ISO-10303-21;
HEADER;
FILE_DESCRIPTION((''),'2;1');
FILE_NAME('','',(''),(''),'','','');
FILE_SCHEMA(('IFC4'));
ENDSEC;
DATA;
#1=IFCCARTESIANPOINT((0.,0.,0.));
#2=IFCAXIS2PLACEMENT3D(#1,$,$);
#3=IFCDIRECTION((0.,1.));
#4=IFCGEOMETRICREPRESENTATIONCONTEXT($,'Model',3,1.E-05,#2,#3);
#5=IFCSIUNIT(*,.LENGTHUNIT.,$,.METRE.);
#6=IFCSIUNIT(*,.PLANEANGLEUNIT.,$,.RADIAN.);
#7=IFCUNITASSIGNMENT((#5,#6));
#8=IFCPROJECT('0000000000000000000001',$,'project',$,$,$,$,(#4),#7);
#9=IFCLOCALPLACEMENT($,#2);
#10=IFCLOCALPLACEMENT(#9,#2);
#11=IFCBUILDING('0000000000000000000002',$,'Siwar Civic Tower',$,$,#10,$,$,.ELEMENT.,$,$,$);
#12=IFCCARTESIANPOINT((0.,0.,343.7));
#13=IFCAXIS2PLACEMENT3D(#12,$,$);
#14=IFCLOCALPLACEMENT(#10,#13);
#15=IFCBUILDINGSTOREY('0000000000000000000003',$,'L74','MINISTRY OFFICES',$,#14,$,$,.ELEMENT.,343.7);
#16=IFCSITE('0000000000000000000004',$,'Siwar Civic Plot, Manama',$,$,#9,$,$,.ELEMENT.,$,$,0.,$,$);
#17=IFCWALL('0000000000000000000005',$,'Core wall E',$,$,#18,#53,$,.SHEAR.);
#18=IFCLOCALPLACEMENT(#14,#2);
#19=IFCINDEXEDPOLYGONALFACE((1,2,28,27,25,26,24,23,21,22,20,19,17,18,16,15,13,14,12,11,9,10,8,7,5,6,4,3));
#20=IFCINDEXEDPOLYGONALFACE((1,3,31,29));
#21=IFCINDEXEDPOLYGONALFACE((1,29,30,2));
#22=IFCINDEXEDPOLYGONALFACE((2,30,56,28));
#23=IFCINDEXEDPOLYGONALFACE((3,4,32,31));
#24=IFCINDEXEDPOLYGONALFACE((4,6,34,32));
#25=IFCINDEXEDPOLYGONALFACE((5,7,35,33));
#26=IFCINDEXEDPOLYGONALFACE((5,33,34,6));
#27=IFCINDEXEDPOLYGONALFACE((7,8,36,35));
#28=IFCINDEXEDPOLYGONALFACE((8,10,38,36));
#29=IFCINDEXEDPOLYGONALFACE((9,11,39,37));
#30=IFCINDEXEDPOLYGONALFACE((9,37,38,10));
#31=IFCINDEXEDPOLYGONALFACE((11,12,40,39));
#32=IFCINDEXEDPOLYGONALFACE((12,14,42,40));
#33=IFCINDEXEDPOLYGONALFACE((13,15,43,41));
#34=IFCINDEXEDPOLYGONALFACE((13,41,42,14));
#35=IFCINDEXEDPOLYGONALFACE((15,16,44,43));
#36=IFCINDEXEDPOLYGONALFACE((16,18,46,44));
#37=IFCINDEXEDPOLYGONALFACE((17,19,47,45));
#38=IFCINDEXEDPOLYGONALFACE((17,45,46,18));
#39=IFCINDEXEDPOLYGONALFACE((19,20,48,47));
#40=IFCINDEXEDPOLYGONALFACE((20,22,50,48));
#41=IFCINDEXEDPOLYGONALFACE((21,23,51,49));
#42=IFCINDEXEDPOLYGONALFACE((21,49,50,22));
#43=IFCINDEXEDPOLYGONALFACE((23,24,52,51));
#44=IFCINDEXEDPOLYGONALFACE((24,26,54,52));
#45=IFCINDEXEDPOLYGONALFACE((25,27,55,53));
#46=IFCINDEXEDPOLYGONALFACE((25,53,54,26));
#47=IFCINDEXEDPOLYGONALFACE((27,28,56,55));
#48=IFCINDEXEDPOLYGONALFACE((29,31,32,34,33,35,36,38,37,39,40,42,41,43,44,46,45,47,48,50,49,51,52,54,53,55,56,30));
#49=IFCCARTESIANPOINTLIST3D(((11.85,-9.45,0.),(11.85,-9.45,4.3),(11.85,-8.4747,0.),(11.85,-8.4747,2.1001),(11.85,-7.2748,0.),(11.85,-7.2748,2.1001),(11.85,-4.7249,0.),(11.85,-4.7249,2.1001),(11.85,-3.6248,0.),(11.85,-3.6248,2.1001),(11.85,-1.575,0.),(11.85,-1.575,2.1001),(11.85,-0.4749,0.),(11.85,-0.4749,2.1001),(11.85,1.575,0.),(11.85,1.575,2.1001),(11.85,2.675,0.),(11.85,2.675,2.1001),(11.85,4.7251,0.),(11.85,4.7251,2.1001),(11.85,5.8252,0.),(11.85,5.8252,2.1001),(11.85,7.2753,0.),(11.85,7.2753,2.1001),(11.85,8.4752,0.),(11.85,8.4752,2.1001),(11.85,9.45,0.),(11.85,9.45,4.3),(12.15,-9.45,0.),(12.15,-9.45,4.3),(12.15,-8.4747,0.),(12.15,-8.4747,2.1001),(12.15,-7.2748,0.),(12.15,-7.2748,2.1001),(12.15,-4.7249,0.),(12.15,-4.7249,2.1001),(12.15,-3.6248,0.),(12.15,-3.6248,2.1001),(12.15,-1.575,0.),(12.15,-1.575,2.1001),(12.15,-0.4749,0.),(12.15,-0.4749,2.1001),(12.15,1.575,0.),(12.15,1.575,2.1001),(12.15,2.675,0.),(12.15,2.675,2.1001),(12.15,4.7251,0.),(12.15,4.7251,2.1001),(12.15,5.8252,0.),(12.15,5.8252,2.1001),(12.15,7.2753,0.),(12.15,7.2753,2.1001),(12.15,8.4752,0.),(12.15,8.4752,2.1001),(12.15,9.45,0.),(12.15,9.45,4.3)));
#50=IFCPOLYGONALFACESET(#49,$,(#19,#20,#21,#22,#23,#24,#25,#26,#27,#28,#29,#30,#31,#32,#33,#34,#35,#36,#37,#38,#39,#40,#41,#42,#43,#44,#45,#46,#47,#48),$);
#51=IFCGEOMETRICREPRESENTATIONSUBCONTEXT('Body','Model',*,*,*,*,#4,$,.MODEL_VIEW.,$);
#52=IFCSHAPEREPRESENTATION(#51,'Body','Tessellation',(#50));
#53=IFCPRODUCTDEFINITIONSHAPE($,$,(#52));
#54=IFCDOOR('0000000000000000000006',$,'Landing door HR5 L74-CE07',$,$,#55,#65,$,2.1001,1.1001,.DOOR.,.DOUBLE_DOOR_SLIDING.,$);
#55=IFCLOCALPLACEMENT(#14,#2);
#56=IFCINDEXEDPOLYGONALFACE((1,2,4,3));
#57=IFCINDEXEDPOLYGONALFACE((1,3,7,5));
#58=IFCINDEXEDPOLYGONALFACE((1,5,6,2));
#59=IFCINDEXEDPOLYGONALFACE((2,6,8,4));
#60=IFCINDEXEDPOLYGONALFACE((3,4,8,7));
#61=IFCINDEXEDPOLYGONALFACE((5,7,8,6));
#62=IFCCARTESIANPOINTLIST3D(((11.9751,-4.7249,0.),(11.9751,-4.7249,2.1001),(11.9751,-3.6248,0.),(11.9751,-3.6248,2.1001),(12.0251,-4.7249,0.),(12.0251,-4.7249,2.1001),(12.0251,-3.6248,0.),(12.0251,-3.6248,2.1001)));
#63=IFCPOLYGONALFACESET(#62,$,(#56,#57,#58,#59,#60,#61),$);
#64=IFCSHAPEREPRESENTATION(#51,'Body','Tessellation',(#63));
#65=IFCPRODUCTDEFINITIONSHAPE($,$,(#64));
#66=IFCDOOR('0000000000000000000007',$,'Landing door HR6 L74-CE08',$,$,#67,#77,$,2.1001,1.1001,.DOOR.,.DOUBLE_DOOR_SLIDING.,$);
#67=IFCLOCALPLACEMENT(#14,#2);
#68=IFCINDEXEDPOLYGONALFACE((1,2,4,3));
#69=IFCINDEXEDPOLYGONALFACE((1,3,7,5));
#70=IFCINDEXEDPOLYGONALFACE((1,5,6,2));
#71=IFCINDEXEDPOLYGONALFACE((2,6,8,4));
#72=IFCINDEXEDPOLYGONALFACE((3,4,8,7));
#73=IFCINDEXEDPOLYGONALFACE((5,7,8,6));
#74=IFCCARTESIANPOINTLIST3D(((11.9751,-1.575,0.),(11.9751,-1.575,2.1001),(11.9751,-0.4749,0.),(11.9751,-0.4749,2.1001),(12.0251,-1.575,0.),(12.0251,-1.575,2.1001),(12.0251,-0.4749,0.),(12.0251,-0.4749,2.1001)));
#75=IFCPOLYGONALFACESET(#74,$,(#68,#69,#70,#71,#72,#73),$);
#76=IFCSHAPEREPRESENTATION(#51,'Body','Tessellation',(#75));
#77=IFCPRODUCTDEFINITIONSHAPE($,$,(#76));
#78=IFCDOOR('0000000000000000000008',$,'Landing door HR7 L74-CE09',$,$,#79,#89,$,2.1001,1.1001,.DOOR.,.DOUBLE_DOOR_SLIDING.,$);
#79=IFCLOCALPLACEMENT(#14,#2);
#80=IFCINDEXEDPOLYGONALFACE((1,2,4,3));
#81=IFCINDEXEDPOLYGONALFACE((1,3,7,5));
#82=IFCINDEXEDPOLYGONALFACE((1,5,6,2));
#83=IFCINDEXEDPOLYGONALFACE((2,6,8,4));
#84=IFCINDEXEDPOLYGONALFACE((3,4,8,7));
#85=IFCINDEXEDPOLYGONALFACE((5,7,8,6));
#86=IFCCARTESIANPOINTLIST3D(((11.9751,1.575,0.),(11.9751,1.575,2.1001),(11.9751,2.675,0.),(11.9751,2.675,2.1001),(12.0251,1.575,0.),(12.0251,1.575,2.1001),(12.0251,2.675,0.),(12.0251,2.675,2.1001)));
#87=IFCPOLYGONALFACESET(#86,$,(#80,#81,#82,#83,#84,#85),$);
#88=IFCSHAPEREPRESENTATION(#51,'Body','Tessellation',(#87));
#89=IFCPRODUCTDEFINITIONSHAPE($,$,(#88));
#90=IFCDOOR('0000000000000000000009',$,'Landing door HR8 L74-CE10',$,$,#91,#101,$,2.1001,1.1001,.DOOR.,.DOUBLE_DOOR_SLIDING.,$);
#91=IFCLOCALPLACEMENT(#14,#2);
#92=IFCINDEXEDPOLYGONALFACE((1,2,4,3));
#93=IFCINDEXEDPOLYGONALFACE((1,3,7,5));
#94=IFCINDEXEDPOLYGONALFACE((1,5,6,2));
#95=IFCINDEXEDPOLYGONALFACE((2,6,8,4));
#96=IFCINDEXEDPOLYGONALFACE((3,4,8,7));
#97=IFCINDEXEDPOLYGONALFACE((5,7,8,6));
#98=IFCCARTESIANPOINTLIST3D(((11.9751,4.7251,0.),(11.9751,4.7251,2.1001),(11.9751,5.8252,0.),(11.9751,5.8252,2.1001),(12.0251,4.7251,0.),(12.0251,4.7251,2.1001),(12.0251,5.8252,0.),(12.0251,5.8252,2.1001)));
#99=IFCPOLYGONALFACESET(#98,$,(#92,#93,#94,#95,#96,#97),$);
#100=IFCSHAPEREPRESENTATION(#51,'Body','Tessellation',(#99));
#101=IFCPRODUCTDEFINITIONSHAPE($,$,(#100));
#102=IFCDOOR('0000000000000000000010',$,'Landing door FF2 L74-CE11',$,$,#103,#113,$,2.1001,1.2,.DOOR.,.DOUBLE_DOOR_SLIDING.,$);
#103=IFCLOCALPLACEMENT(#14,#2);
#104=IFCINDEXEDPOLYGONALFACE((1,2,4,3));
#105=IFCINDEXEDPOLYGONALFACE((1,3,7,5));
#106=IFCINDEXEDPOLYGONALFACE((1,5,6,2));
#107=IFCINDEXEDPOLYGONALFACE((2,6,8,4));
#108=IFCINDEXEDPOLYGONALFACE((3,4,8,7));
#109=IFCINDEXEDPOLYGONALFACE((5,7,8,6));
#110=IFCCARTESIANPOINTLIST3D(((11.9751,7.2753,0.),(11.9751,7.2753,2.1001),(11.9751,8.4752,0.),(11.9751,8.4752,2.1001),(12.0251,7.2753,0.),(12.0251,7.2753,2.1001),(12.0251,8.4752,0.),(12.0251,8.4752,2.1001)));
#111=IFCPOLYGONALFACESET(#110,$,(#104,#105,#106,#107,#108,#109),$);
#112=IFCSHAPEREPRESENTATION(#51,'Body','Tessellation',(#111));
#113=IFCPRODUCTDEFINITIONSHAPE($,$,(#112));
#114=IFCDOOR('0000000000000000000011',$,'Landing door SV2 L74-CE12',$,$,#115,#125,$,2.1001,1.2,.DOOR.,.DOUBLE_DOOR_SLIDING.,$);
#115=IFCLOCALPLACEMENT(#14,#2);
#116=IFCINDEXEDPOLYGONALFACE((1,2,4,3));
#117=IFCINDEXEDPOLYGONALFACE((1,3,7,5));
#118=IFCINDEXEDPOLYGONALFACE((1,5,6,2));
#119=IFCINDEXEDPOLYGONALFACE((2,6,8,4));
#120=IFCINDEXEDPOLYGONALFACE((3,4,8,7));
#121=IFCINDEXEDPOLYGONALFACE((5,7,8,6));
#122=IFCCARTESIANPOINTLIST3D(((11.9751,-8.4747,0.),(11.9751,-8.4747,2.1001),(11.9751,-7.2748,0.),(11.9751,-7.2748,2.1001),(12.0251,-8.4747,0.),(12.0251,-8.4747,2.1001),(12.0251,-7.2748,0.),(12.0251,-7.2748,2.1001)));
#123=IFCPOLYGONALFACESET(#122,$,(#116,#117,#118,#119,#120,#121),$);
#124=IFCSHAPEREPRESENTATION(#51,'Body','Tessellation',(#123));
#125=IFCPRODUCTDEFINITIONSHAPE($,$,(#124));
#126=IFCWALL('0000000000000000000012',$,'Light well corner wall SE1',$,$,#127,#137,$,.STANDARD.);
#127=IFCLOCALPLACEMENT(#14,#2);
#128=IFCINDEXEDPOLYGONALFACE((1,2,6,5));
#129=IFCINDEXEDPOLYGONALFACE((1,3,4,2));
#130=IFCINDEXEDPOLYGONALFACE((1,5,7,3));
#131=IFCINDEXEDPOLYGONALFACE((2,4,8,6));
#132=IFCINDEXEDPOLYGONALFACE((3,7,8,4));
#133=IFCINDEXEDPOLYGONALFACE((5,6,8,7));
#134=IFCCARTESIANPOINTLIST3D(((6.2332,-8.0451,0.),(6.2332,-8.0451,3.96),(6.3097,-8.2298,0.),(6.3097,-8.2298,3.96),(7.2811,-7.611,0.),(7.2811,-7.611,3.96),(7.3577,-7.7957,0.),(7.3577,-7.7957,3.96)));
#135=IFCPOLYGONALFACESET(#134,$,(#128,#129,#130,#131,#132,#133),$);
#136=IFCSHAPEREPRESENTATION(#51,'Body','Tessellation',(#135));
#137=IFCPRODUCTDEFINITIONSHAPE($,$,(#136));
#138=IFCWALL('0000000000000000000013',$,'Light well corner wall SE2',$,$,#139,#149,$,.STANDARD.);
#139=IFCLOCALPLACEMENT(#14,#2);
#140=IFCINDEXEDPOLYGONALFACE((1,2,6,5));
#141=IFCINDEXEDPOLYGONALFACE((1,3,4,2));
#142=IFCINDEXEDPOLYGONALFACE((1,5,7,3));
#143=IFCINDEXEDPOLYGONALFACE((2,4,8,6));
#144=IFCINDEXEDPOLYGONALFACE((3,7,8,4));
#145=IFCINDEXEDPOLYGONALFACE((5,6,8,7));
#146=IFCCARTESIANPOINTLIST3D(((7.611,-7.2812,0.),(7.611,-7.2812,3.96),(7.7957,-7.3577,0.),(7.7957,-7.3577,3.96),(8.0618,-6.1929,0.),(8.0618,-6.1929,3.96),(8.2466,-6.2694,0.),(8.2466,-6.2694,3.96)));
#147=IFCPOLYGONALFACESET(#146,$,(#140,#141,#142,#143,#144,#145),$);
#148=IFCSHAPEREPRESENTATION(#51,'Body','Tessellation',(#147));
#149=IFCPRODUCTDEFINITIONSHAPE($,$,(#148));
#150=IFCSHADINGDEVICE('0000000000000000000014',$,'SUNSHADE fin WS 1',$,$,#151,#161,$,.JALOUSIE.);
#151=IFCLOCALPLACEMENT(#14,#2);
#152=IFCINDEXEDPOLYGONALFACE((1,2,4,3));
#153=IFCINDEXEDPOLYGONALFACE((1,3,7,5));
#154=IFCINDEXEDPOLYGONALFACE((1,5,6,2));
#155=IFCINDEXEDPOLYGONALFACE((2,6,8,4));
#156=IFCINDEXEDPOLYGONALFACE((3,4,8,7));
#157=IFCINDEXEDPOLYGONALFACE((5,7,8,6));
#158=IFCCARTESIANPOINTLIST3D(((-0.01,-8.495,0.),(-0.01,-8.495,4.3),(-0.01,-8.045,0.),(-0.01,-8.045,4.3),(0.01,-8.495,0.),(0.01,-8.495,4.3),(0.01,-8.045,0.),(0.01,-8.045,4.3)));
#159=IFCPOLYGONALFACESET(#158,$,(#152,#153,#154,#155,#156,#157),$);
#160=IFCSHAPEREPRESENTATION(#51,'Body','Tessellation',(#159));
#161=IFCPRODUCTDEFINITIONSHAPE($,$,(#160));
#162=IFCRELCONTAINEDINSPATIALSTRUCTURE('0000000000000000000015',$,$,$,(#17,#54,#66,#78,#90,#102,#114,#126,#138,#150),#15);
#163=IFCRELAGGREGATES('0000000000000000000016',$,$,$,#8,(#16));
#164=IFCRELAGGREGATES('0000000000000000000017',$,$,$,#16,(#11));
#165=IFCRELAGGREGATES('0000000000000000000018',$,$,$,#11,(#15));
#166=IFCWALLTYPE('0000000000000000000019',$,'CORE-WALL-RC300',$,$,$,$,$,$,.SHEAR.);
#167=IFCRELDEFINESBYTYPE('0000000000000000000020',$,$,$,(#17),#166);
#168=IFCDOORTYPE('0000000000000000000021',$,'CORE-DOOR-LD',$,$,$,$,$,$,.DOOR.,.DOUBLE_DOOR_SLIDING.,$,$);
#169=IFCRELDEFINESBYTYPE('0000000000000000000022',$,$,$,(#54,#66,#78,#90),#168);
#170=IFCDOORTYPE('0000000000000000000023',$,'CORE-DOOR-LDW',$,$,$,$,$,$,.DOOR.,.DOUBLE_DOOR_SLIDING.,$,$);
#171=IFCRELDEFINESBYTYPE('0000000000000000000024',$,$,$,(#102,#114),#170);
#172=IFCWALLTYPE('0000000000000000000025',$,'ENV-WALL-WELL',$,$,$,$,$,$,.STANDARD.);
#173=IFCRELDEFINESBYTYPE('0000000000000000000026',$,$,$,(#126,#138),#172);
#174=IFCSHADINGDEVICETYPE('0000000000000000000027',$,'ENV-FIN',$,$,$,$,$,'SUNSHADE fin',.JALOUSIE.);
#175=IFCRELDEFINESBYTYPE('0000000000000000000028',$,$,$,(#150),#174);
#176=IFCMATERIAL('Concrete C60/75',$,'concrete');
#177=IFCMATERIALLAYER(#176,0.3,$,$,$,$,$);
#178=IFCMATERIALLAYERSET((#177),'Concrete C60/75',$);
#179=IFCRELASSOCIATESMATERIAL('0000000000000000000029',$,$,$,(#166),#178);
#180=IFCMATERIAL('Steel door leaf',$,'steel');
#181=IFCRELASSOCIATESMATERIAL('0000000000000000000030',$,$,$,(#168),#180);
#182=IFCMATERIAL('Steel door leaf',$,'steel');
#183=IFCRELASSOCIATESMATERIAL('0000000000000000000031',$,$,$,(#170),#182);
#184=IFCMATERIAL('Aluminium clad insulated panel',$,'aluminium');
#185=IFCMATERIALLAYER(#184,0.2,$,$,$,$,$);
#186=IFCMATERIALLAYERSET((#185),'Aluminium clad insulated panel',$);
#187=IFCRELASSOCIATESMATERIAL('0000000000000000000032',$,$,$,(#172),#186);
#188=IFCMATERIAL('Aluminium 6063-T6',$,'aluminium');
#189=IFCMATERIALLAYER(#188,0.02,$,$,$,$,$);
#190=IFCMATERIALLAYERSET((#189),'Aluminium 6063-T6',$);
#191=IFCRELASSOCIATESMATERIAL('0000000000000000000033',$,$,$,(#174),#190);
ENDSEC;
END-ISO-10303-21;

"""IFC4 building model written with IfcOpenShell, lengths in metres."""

from ifc_helpers import new_model, si_unit, direction, frame, frame_2d, origin, origin_2d, place, context, subcontext, project, spatial, rectangle, extrude, material, layer, layer_set, type_object, element, fill, save


model = new_model("IFC4")

# Units and contexts
model_context = context("Model", 3, precision=1e-05, world=origin(), true_north=direction((0.0, 1.0)))
body_context = subcontext(model_context, "Body", "Model", "MODEL_VIEW")
ifc_project = project(units=[si_unit("LENGTHUNIT", "METRE"), si_unit("PLANEANGLEUNIT", "RADIAN")], contexts=[model_context])

# Site, building, storey
site_placement = place(None, origin())
site = spatial("IfcSite", under=ifc_project, at=site_placement, Name="Siwar Civic Plot, Manama", CompositionType="ELEMENT", RefElevation=0.0)
building_placement = place(site_placement, origin())
building = spatial("IfcBuilding", under=site, at=building_placement, Name="Siwar Civic Tower", CompositionType="ELEMENT")
storey_placement = place(building_placement, frame((0.0, 0.0, 343.7)))
storey = spatial("IfcBuildingStorey", under=building, at=storey_placement, Name="L74", Description="MINISTRY OFFICES", CompositionType="ELEMENT", Elevation=343.7)

# Wall, openings, doors
ifc_material_1 = material(Name="Concrete C60/75", Category="concrete")
ifc_layer_1 = layer(ifc_material_1, 0.3)
ifc_layer_set_1 = layer_set([ifc_layer_1], Name="Concrete C60/75")
wall_type_1 = type_object("IfcWallType", Name="CORE-WALL-RC300", PredefinedType="SHEAR", material=ifc_layer_set_1)
wall_1_placement = place(storey_placement, frame((12.0, -9.45, 0.0), z_axis=(0.0, 0.0, 1.0), x_axis=(0.0, 1.0, 0.0)))
wall_1 = element("IfcWall", 1, at=wall_1_placement, inside=storey, type_object=wall_type_1, Name="Core wall E", PredefinedType="SHEAR", context=body_context, shape_type="SweptSolid", body=[
    extrude(rectangle(XDim=18.8999, YDim=0.3, at=frame_2d((9.45, 0.0))), origin(), (0.0, 0.0, 1.0), 4.3),
])
opening_1_placement = place(wall_1_placement, frame((4.7251, 0.0, 0.0)))
opening_1 = element("IfcOpeningElement", 2, at=opening_1_placement, cuts=wall_1, PredefinedType="OPENING", context=body_context, shape_type="SweptSolid", body=[
    extrude(rectangle(XDim=1.1001, YDim=2.1001, at=frame_2d((0.55, 1.05))), frame((0.0, 0.1602, 0.0), z_axis=(0.0, -1.0, 0.0), x_axis=(1.0, 0.0, 0.0)), (0.0, 0.0, 1.0), 0.3201),
])
opening_2_placement = place(wall_1_placement, frame((7.875, 0.0, 0.0)))
opening_2 = element("IfcOpeningElement", 3, at=opening_2_placement, cuts=wall_1, PredefinedType="OPENING", context=body_context, shape_type="SweptSolid", body=[
    extrude(rectangle(XDim=1.1001, YDim=2.1001, at=frame_2d((0.55, 1.05))), frame((0.0, 0.1602, 0.0), z_axis=(0.0, -1.0, 0.0), x_axis=(1.0, 0.0, 0.0)), (0.0, 0.0, 1.0), 0.3201),
])
opening_3_placement = place(wall_1_placement, frame((11.0249, 0.0, 0.0)))
opening_3 = element("IfcOpeningElement", 4, at=opening_3_placement, cuts=wall_1, PredefinedType="OPENING", context=body_context, shape_type="SweptSolid", body=[
    extrude(rectangle(XDim=1.1001, YDim=2.1001, at=frame_2d((0.55, 1.05))), frame((0.0, 0.1602, 0.0), z_axis=(0.0, -1.0, 0.0), x_axis=(1.0, 0.0, 0.0)), (0.0, 0.0, 1.0), 0.3201),
])
opening_4_placement = place(wall_1_placement, frame((14.175, 0.0, 0.0)))
opening_4 = element("IfcOpeningElement", 5, at=opening_4_placement, cuts=wall_1, PredefinedType="OPENING", context=body_context, shape_type="SweptSolid", body=[
    extrude(rectangle(XDim=1.1001, YDim=2.1001, at=frame_2d((0.55, 1.05))), frame((0.0, 0.1602, 0.0), z_axis=(0.0, -1.0, 0.0), x_axis=(1.0, 0.0, 0.0)), (0.0, 0.0, 1.0), 0.3201),
])
opening_5_placement = place(wall_1_placement, frame((16.7251, 0.0, 0.0)))
opening_5 = element("IfcOpeningElement", 6, at=opening_5_placement, cuts=wall_1, PredefinedType="OPENING", context=body_context, shape_type="SweptSolid", body=[
    extrude(rectangle(XDim=1.2, YDim=2.1001, at=frame_2d((0.6001, 1.05))), frame((0.0, 0.1602, 0.0), z_axis=(0.0, -1.0, 0.0), x_axis=(1.0, 0.0, 0.0)), (0.0, 0.0, 1.0), 0.3201),
])
opening_6_placement = place(wall_1_placement, frame((0.9751, 0.0, 0.0)))
opening_6 = element("IfcOpeningElement", 7, at=opening_6_placement, cuts=wall_1, PredefinedType="OPENING", context=body_context, shape_type="SweptSolid", body=[
    extrude(rectangle(XDim=1.2, YDim=2.1001, at=frame_2d((0.6001, 1.05))), frame((0.0, 0.1602, 0.0), z_axis=(0.0, -1.0, 0.0), x_axis=(1.0, 0.0, 0.0)), (0.0, 0.0, 1.0), 0.3201),
])
ifc_material_2 = material(Name="Steel door leaf", Category="steel")
door_type_1 = type_object("IfcDoorType", Name="CORE-DOOR-LD", OperationType="DOUBLE_DOOR_SLIDING", PredefinedType="DOOR", material=ifc_material_2)
door_1_placement = place(opening_1_placement, origin())
door_1 = element("IfcDoor", 8, at=door_1_placement, inside=storey, type_object=door_type_1, Name="Landing door HR5 L74-CE07", OperationType="DOUBLE_DOOR_SLIDING", OverallHeight=2.1001, OverallWidth=1.1001, PredefinedType="DOOR", context=body_context, shape_type="SweptSolid", body=[
    extrude(rectangle(XDim=1.1001, YDim=2.1001, at=frame_2d((0.55, 1.05))), frame((0.0, 0.0249, 0.0), z_axis=(0.0, -1.0, 0.0), x_axis=(1.0, 0.0, 0.0)), (0.0, 0.0, 1.0), 0.05),
])
fill(opening_1, door_1)
door_2_placement = place(opening_2_placement, origin())
door_2 = element("IfcDoor", 9, at=door_2_placement, inside=storey, type_object=door_type_1, Name="Landing door HR6 L74-CE08", OperationType="DOUBLE_DOOR_SLIDING", OverallHeight=2.1001, OverallWidth=1.1001, PredefinedType="DOOR", context=body_context, shape_type="SweptSolid", body=[
    extrude(rectangle(XDim=1.1001, YDim=2.1001, at=frame_2d((0.55, 1.05))), frame((0.0, 0.0249, 0.0), z_axis=(0.0, -1.0, 0.0), x_axis=(1.0, 0.0, 0.0)), (0.0, 0.0, 1.0), 0.05),
])
fill(opening_2, door_2)
door_3_placement = place(opening_3_placement, origin())
door_3 = element("IfcDoor", 10, at=door_3_placement, inside=storey, type_object=door_type_1, Name="Landing door HR7 L74-CE09", OperationType="DOUBLE_DOOR_SLIDING", OverallHeight=2.1001, OverallWidth=1.1001, PredefinedType="DOOR", context=body_context, shape_type="SweptSolid", body=[
    extrude(rectangle(XDim=1.1001, YDim=2.1001, at=frame_2d((0.55, 1.05))), frame((0.0, 0.0249, 0.0), z_axis=(0.0, -1.0, 0.0), x_axis=(1.0, 0.0, 0.0)), (0.0, 0.0, 1.0), 0.05),
])
fill(opening_3, door_3)
door_4_placement = place(opening_4_placement, origin())
door_4 = element("IfcDoor", 11, at=door_4_placement, inside=storey, type_object=door_type_1, Name="Landing door HR8 L74-CE10", OperationType="DOUBLE_DOOR_SLIDING", OverallHeight=2.1001, OverallWidth=1.1001, PredefinedType="DOOR", context=body_context, shape_type="SweptSolid", body=[
    extrude(rectangle(XDim=1.1001, YDim=2.1001, at=frame_2d((0.55, 1.05))), frame((0.0, 0.0249, 0.0), z_axis=(0.0, -1.0, 0.0), x_axis=(1.0, 0.0, 0.0)), (0.0, 0.0, 1.0), 0.05),
])
fill(opening_4, door_4)
ifc_material_3 = material(Name="Steel door leaf", Category="steel")
door_type_2 = type_object("IfcDoorType", Name="CORE-DOOR-LDW", OperationType="DOUBLE_DOOR_SLIDING", PredefinedType="DOOR", material=ifc_material_3)
door_5_placement = place(opening_5_placement, origin())
door_5 = element("IfcDoor", 12, at=door_5_placement, inside=storey, type_object=door_type_2, Name="Landing door FF2 L74-CE11", OperationType="DOUBLE_DOOR_SLIDING", OverallHeight=2.1001, OverallWidth=1.2, PredefinedType="DOOR", context=body_context, shape_type="SweptSolid", body=[
    extrude(rectangle(XDim=1.2, YDim=2.1001, at=frame_2d((0.6001, 1.05))), frame((0.0, 0.0249, 0.0), z_axis=(0.0, -1.0, 0.0), x_axis=(1.0, 0.0, 0.0)), (0.0, 0.0, 1.0), 0.05),
])
fill(opening_5, door_5)
door_6_placement = place(opening_6_placement, origin())
door_6 = element("IfcDoor", 13, at=door_6_placement, inside=storey, type_object=door_type_2, Name="Landing door SV2 L74-CE12", OperationType="DOUBLE_DOOR_SLIDING", OverallHeight=2.1001, OverallWidth=1.2, PredefinedType="DOOR", context=body_context, shape_type="SweptSolid", body=[
    extrude(rectangle(XDim=1.2, YDim=2.1001, at=frame_2d((0.6001, 1.05))), frame((0.0, 0.0249, 0.0), z_axis=(0.0, -1.0, 0.0), x_axis=(1.0, 0.0, 0.0)), (0.0, 0.0, 1.0), 0.05),
])
fill(opening_6, door_6)

# Walls
ifc_material_4 = material(Name="Aluminium clad insulated panel", Category="aluminium")
ifc_layer_2 = layer(ifc_material_4, 0.2)
ifc_layer_set_2 = layer_set([ifc_layer_2], Name="Aluminium clad insulated panel")
wall_type_2 = type_object("IfcWallType", Name="ENV-WALL-WELL", PredefinedType="STANDARD", material=ifc_layer_set_2)
wall_2_placement = place(storey_placement, frame((6.2715, -8.1375, 0.0), z_axis=(0.0, 0.0, 1.0), x_axis=(0.923865, 0.382719, 0.0)))
element("IfcWall", 14, at=wall_2_placement, inside=storey, type_object=wall_type_2, Name="Light well corner wall SE1", PredefinedType="STANDARD", context=body_context, shape_type="SweptSolid", body=[
    extrude(rectangle(XDim=1.1343, YDim=0.2, at=frame_2d((0.5671, 0.0))), origin(), (0.0, 0.0, 1.0), 3.96),
])
wall_3_placement = place(storey_placement, frame((7.7034, -7.3193, 0.0), z_axis=(0.0, 0.0, 1.0), x_axis=(0.382761, 0.923848, 0.0)))
element("IfcWall", 15, at=wall_3_placement, inside=storey, type_object=wall_type_2, Name="Light well corner wall SE2", PredefinedType="STANDARD", context=body_context, shape_type="SweptSolid", body=[
    extrude(rectangle(XDim=1.178, YDim=0.2, at=frame_2d((0.5889, 0.0))), origin(), (0.0, 0.0, 1.0), 3.96),
])

# Shading device
ifc_material_5 = material(Name="Aluminium 6063-T6", Category="aluminium")
ifc_layer_3 = layer(ifc_material_5, 0.02)
ifc_layer_set_3 = layer_set([ifc_layer_3], Name="Aluminium 6063-T6")
shading_device_type = type_object("IfcShadingDeviceType", Name="ENV-FIN", ElementType="SUNSHADE fin", PredefinedType="JALOUSIE", material=ifc_layer_set_3)
shading_device_placement = place(storey_placement, frame((0.0, -8.27, 0.0), z_axis=(0.0, 0.0, 1.0), x_axis=(1.0, 0.0, 0.0)))
element("IfcShadingDevice", 16, at=shading_device_placement, inside=storey, type_object=shading_device_type, Name="SUNSHADE fin WS 1", PredefinedType="JALOUSIE", context=body_context, shape_type="SweptSolid", body=[
    extrude(rectangle(XDim=0.02, YDim=0.45, at=origin_2d()), origin(), (0.0, 0.0, 1.0), 4.3),
])

save(model, "model.ifc")
